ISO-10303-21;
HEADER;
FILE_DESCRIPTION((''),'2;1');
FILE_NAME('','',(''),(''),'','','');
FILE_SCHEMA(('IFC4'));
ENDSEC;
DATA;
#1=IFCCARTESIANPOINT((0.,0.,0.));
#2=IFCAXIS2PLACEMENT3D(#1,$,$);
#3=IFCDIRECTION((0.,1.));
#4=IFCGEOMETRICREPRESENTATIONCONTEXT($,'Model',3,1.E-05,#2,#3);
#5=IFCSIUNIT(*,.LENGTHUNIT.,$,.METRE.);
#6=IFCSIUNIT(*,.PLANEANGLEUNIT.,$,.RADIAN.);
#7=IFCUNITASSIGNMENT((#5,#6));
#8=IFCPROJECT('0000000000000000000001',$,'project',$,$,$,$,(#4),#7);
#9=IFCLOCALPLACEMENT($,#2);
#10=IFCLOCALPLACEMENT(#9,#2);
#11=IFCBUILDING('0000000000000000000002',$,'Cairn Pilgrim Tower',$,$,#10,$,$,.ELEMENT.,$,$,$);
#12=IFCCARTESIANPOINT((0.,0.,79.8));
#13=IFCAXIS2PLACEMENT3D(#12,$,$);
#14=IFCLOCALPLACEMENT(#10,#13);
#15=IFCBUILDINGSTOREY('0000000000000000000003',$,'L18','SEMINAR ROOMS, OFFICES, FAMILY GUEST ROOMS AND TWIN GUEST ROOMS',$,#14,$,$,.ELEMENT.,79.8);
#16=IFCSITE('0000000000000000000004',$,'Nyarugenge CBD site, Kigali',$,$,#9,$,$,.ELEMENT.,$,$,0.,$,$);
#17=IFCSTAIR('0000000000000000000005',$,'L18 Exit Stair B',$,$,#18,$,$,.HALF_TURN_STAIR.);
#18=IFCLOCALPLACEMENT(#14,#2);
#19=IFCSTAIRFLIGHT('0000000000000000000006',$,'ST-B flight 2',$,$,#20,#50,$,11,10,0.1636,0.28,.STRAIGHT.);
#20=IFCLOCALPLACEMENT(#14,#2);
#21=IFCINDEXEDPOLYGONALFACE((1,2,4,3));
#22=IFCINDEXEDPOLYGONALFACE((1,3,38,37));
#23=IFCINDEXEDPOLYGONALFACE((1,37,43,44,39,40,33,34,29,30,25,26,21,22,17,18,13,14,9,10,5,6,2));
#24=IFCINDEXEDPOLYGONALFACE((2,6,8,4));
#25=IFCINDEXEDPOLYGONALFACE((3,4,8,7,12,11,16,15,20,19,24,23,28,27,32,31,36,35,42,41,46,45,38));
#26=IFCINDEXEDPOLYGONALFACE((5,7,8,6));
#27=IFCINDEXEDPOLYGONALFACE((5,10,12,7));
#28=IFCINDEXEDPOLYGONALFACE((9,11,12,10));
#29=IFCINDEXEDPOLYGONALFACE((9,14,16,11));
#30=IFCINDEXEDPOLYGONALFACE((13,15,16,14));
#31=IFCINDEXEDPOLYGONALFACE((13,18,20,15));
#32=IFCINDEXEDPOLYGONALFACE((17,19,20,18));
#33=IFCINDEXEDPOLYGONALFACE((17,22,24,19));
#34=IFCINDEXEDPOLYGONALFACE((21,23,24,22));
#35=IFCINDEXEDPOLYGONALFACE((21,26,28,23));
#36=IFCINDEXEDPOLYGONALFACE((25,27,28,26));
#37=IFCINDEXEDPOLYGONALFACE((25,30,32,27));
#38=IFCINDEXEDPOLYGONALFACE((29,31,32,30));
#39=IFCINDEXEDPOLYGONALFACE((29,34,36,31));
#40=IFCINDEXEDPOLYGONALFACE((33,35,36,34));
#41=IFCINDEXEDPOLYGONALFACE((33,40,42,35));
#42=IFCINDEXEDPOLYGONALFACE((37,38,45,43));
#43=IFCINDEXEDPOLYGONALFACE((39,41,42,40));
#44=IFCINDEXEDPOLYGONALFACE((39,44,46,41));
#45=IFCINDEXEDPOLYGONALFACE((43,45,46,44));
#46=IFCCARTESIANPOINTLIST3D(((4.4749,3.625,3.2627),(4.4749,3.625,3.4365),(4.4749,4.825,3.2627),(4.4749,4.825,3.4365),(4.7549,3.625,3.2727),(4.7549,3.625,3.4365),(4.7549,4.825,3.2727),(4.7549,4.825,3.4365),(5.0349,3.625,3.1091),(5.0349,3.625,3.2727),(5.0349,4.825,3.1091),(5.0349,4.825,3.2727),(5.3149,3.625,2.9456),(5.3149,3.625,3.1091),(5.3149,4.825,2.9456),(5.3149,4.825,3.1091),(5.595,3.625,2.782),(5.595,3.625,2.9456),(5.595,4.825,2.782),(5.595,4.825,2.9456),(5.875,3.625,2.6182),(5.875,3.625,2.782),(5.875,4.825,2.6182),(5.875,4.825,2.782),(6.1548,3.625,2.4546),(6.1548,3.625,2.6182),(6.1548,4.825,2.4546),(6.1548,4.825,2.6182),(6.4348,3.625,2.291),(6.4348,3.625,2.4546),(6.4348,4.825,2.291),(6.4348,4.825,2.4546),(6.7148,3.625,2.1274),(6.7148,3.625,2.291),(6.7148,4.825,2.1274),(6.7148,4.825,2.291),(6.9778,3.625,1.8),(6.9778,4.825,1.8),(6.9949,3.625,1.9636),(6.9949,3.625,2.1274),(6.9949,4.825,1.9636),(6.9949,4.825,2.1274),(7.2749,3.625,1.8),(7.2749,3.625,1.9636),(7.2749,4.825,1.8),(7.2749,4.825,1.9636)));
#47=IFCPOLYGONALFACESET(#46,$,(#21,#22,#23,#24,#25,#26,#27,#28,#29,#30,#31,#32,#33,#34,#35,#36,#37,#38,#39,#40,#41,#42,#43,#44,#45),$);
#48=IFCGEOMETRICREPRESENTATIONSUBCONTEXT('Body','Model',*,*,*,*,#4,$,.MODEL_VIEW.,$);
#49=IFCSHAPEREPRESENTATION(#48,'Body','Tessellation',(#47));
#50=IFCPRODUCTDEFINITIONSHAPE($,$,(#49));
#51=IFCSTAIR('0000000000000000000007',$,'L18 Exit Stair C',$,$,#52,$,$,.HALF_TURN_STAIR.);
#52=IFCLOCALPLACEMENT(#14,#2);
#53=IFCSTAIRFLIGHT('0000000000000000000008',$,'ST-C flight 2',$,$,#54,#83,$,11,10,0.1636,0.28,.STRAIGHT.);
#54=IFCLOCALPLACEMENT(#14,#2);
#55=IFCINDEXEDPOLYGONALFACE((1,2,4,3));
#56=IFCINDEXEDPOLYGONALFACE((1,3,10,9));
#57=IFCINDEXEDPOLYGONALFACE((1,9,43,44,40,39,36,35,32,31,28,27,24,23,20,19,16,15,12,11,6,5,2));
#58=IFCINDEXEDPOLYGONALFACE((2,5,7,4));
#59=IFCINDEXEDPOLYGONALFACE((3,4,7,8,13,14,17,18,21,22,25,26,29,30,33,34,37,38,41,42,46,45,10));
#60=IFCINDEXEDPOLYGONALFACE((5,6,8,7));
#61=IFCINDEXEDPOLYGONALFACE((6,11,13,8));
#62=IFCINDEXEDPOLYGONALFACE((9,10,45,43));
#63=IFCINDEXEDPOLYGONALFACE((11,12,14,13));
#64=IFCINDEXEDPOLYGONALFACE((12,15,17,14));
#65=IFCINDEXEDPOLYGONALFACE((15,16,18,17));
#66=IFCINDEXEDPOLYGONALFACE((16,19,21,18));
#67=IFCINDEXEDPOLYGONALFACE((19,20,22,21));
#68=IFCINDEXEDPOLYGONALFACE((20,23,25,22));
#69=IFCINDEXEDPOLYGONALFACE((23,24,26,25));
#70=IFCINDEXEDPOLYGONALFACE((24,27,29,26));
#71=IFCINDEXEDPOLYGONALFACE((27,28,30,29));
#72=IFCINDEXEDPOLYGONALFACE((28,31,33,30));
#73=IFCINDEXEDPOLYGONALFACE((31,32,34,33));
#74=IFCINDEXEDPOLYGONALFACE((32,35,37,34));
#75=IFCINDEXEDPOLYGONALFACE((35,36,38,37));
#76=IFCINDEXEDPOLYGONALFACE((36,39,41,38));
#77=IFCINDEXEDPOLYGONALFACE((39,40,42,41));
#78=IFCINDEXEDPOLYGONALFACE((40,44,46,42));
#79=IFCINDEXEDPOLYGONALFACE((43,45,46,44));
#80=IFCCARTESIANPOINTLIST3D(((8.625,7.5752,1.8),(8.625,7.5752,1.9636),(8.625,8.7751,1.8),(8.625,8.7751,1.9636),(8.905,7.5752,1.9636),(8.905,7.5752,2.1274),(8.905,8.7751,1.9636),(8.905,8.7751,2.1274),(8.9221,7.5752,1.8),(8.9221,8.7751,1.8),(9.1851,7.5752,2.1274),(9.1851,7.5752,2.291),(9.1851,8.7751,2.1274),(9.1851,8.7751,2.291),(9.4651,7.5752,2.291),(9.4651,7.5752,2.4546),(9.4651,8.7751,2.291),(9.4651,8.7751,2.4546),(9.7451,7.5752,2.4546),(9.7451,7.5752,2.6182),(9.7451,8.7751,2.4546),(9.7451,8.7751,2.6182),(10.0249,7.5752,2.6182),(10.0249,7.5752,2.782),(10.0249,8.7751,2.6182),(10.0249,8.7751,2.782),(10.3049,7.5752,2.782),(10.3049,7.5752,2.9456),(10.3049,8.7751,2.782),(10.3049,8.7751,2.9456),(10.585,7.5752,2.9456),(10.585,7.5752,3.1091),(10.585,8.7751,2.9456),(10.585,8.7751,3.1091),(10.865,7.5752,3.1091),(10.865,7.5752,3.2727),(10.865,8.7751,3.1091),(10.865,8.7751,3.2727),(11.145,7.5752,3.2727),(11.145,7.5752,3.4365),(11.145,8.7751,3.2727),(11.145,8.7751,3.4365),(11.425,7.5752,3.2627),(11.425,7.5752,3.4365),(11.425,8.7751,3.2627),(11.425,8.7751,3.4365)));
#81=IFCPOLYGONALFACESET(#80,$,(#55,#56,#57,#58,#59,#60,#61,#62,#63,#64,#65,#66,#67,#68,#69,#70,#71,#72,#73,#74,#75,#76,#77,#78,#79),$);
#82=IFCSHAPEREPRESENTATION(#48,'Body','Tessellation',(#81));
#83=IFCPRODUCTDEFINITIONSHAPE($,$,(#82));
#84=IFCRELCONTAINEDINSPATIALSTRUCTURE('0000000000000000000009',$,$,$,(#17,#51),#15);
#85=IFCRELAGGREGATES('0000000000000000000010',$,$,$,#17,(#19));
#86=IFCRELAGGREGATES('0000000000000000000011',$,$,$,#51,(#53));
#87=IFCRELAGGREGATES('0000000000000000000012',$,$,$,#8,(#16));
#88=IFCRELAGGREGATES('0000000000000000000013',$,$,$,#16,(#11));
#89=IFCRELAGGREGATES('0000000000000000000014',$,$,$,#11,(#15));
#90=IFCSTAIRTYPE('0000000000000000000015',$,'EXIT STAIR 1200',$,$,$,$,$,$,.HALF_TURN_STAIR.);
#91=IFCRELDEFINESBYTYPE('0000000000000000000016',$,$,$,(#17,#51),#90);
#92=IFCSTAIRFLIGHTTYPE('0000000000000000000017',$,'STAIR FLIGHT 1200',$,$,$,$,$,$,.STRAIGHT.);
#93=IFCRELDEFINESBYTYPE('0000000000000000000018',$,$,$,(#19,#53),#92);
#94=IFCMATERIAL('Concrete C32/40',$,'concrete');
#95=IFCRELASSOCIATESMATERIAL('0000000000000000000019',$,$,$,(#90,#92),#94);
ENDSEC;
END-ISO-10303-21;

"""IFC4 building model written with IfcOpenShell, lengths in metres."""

from ifc_helpers import new_model, si_unit, direction, frame, origin, place, context, subcontext, project, spatial, polyline, outline, extrude, material, type_object, element, aggregate, save


model = new_model("IFC4")

# Units and contexts
model_context = context("Model", 3, precision=1e-05, world=origin(), true_north=direction((0.0, 1.0)))
body_context = subcontext(model_context, "Body", "Model", "MODEL_VIEW")
ifc_project = project(units=[si_unit("LENGTHUNIT", "METRE"), si_unit("PLANEANGLEUNIT", "RADIAN")], contexts=[model_context])

# Site, building, storey
site_placement = place(None, origin())
site = spatial("IfcSite", under=ifc_project, at=site_placement, Name="Nyarugenge CBD site, Kigali", CompositionType="ELEMENT", RefElevation=0.0)
building_placement = place(site_placement, origin())
building = spatial("IfcBuilding", under=site, at=building_placement, Name="Cairn Pilgrim Tower", CompositionType="ELEMENT")
storey_placement = place(building_placement, frame((0.0, 0.0, 79.8)))
storey = spatial("IfcBuildingStorey", under=building, at=storey_placement, Name="L18", Description="SEMINAR ROOMS, OFFICES, FAMILY GUEST ROOMS AND TWIN GUEST ROOMS", CompositionType="ELEMENT", Elevation=79.8)

# Shared definitions
ifc_material_1 = material(Name="Concrete C32/40", Category="concrete")

# Stair, stair flight
stair_type = type_object("IfcStairType", Name="EXIT STAIR 1200", PredefinedType="HALF_TURN_STAIR", material=ifc_material_1)
stair_1_placement = place(storey_placement, origin())
stair_1 = element("IfcStair", 1, at=stair_1_placement, inside=storey, type_object=stair_type, Name="L18 Exit Stair B", PredefinedType="HALF_TURN_STAIR")
stair_flight_type = type_object("IfcStairFlightType", Name="STAIR FLIGHT 1200", PredefinedType="STRAIGHT", material=ifc_material_1)
stair_flight_1_placement = place(storey_placement, frame((7.2749, 4.2251, 1.8), z_axis=(0.0, 0.0, 1.0), x_axis=(-1.0, 0.0, 0.0)))
stair_flight_1 = element("IfcStairFlight", 2, at=stair_flight_1_placement, type_object=stair_flight_type, Name="ST-B flight 2", NumberOfRisers=11, NumberOfTreads=10, PredefinedType="STRAIGHT", RiserHeight=0.1636, TreadLength=0.28, context=body_context, shape_type="SweptSolid", body=[
    extrude(outline(polyline([(0.0, 0.0), (0.0, 0.1636), (0.28, 0.1636), (0.28, 0.3274), (0.5601, 0.3274), (0.5601, 0.491), (0.8401, 0.491), (0.8401, 0.6545), (1.1201, 0.6545), (1.1201, 0.8181), (1.3999, 0.8181), (1.3999, 0.9819), (1.6799, 0.9819), (1.6799, 1.1455), (1.96, 1.1455), (1.96, 1.3091), (2.24, 1.3091), (2.24, 1.4727), (2.52, 1.4727), (2.52, 1.6365), (2.8, 1.6365), (2.8, 1.8), (2.8, 1.4626), (0.2971, 0.0), (0.0, 0.0)])), frame((0.0, 0.6001, 0.0), z_axis=(0.0, -1.0, 0.0), x_axis=(1.0, 0.0, 0.0)), (0.0, 0.0, 1.0), 1.2),
])
aggregate(stair_1, [stair_flight_1])

# Stair, stair flight
stair_2_placement = place(storey_placement, origin())
stair_2 = element("IfcStair", 3, at=stair_2_placement, inside=storey, type_object=stair_type, Name="L18 Exit Stair C", PredefinedType="HALF_TURN_STAIR")
stair_flight_2_placement = place(storey_placement, frame((8.625, 8.175, 1.8), z_axis=(0.0, 0.0, 1.0), x_axis=(1.0, 0.0, 0.0)))
stair_flight_2 = element("IfcStairFlight", 4, at=stair_flight_2_placement, type_object=stair_flight_type, Name="ST-C flight 2", NumberOfRisers=11, NumberOfTreads=10, PredefinedType="STRAIGHT", RiserHeight=0.1636, TreadLength=0.28, context=body_context, shape_type="SweptSolid", body=[
    extrude(outline(polyline([(0.0, 0.0), (0.0, 0.1636), (0.28, 0.1636), (0.28, 0.3274), (0.5601, 0.3274), (0.5601, 0.491), (0.8401, 0.491), (0.8401, 0.6545), (1.1201, 0.6545), (1.1201, 0.8181), (1.3999, 0.8181), (1.3999, 0.9819), (1.6799, 0.9819), (1.6799, 1.1455), (1.96, 1.1455), (1.96, 1.3091), (2.24, 1.3091), (2.24, 1.4727), (2.52, 1.4727), (2.52, 1.6365), (2.8, 1.6365), (2.8, 1.8), (2.8, 1.4626), (0.2971, 0.0), (0.0, 0.0)])), frame((0.0, 0.6001, 0.0), z_axis=(0.0, -1.0, 0.0), x_axis=(1.0, 0.0, 0.0)), (0.0, 0.0, 1.0), 1.2),
])
aggregate(stair_2, [stair_flight_2])

save(model, "model.ifc")
